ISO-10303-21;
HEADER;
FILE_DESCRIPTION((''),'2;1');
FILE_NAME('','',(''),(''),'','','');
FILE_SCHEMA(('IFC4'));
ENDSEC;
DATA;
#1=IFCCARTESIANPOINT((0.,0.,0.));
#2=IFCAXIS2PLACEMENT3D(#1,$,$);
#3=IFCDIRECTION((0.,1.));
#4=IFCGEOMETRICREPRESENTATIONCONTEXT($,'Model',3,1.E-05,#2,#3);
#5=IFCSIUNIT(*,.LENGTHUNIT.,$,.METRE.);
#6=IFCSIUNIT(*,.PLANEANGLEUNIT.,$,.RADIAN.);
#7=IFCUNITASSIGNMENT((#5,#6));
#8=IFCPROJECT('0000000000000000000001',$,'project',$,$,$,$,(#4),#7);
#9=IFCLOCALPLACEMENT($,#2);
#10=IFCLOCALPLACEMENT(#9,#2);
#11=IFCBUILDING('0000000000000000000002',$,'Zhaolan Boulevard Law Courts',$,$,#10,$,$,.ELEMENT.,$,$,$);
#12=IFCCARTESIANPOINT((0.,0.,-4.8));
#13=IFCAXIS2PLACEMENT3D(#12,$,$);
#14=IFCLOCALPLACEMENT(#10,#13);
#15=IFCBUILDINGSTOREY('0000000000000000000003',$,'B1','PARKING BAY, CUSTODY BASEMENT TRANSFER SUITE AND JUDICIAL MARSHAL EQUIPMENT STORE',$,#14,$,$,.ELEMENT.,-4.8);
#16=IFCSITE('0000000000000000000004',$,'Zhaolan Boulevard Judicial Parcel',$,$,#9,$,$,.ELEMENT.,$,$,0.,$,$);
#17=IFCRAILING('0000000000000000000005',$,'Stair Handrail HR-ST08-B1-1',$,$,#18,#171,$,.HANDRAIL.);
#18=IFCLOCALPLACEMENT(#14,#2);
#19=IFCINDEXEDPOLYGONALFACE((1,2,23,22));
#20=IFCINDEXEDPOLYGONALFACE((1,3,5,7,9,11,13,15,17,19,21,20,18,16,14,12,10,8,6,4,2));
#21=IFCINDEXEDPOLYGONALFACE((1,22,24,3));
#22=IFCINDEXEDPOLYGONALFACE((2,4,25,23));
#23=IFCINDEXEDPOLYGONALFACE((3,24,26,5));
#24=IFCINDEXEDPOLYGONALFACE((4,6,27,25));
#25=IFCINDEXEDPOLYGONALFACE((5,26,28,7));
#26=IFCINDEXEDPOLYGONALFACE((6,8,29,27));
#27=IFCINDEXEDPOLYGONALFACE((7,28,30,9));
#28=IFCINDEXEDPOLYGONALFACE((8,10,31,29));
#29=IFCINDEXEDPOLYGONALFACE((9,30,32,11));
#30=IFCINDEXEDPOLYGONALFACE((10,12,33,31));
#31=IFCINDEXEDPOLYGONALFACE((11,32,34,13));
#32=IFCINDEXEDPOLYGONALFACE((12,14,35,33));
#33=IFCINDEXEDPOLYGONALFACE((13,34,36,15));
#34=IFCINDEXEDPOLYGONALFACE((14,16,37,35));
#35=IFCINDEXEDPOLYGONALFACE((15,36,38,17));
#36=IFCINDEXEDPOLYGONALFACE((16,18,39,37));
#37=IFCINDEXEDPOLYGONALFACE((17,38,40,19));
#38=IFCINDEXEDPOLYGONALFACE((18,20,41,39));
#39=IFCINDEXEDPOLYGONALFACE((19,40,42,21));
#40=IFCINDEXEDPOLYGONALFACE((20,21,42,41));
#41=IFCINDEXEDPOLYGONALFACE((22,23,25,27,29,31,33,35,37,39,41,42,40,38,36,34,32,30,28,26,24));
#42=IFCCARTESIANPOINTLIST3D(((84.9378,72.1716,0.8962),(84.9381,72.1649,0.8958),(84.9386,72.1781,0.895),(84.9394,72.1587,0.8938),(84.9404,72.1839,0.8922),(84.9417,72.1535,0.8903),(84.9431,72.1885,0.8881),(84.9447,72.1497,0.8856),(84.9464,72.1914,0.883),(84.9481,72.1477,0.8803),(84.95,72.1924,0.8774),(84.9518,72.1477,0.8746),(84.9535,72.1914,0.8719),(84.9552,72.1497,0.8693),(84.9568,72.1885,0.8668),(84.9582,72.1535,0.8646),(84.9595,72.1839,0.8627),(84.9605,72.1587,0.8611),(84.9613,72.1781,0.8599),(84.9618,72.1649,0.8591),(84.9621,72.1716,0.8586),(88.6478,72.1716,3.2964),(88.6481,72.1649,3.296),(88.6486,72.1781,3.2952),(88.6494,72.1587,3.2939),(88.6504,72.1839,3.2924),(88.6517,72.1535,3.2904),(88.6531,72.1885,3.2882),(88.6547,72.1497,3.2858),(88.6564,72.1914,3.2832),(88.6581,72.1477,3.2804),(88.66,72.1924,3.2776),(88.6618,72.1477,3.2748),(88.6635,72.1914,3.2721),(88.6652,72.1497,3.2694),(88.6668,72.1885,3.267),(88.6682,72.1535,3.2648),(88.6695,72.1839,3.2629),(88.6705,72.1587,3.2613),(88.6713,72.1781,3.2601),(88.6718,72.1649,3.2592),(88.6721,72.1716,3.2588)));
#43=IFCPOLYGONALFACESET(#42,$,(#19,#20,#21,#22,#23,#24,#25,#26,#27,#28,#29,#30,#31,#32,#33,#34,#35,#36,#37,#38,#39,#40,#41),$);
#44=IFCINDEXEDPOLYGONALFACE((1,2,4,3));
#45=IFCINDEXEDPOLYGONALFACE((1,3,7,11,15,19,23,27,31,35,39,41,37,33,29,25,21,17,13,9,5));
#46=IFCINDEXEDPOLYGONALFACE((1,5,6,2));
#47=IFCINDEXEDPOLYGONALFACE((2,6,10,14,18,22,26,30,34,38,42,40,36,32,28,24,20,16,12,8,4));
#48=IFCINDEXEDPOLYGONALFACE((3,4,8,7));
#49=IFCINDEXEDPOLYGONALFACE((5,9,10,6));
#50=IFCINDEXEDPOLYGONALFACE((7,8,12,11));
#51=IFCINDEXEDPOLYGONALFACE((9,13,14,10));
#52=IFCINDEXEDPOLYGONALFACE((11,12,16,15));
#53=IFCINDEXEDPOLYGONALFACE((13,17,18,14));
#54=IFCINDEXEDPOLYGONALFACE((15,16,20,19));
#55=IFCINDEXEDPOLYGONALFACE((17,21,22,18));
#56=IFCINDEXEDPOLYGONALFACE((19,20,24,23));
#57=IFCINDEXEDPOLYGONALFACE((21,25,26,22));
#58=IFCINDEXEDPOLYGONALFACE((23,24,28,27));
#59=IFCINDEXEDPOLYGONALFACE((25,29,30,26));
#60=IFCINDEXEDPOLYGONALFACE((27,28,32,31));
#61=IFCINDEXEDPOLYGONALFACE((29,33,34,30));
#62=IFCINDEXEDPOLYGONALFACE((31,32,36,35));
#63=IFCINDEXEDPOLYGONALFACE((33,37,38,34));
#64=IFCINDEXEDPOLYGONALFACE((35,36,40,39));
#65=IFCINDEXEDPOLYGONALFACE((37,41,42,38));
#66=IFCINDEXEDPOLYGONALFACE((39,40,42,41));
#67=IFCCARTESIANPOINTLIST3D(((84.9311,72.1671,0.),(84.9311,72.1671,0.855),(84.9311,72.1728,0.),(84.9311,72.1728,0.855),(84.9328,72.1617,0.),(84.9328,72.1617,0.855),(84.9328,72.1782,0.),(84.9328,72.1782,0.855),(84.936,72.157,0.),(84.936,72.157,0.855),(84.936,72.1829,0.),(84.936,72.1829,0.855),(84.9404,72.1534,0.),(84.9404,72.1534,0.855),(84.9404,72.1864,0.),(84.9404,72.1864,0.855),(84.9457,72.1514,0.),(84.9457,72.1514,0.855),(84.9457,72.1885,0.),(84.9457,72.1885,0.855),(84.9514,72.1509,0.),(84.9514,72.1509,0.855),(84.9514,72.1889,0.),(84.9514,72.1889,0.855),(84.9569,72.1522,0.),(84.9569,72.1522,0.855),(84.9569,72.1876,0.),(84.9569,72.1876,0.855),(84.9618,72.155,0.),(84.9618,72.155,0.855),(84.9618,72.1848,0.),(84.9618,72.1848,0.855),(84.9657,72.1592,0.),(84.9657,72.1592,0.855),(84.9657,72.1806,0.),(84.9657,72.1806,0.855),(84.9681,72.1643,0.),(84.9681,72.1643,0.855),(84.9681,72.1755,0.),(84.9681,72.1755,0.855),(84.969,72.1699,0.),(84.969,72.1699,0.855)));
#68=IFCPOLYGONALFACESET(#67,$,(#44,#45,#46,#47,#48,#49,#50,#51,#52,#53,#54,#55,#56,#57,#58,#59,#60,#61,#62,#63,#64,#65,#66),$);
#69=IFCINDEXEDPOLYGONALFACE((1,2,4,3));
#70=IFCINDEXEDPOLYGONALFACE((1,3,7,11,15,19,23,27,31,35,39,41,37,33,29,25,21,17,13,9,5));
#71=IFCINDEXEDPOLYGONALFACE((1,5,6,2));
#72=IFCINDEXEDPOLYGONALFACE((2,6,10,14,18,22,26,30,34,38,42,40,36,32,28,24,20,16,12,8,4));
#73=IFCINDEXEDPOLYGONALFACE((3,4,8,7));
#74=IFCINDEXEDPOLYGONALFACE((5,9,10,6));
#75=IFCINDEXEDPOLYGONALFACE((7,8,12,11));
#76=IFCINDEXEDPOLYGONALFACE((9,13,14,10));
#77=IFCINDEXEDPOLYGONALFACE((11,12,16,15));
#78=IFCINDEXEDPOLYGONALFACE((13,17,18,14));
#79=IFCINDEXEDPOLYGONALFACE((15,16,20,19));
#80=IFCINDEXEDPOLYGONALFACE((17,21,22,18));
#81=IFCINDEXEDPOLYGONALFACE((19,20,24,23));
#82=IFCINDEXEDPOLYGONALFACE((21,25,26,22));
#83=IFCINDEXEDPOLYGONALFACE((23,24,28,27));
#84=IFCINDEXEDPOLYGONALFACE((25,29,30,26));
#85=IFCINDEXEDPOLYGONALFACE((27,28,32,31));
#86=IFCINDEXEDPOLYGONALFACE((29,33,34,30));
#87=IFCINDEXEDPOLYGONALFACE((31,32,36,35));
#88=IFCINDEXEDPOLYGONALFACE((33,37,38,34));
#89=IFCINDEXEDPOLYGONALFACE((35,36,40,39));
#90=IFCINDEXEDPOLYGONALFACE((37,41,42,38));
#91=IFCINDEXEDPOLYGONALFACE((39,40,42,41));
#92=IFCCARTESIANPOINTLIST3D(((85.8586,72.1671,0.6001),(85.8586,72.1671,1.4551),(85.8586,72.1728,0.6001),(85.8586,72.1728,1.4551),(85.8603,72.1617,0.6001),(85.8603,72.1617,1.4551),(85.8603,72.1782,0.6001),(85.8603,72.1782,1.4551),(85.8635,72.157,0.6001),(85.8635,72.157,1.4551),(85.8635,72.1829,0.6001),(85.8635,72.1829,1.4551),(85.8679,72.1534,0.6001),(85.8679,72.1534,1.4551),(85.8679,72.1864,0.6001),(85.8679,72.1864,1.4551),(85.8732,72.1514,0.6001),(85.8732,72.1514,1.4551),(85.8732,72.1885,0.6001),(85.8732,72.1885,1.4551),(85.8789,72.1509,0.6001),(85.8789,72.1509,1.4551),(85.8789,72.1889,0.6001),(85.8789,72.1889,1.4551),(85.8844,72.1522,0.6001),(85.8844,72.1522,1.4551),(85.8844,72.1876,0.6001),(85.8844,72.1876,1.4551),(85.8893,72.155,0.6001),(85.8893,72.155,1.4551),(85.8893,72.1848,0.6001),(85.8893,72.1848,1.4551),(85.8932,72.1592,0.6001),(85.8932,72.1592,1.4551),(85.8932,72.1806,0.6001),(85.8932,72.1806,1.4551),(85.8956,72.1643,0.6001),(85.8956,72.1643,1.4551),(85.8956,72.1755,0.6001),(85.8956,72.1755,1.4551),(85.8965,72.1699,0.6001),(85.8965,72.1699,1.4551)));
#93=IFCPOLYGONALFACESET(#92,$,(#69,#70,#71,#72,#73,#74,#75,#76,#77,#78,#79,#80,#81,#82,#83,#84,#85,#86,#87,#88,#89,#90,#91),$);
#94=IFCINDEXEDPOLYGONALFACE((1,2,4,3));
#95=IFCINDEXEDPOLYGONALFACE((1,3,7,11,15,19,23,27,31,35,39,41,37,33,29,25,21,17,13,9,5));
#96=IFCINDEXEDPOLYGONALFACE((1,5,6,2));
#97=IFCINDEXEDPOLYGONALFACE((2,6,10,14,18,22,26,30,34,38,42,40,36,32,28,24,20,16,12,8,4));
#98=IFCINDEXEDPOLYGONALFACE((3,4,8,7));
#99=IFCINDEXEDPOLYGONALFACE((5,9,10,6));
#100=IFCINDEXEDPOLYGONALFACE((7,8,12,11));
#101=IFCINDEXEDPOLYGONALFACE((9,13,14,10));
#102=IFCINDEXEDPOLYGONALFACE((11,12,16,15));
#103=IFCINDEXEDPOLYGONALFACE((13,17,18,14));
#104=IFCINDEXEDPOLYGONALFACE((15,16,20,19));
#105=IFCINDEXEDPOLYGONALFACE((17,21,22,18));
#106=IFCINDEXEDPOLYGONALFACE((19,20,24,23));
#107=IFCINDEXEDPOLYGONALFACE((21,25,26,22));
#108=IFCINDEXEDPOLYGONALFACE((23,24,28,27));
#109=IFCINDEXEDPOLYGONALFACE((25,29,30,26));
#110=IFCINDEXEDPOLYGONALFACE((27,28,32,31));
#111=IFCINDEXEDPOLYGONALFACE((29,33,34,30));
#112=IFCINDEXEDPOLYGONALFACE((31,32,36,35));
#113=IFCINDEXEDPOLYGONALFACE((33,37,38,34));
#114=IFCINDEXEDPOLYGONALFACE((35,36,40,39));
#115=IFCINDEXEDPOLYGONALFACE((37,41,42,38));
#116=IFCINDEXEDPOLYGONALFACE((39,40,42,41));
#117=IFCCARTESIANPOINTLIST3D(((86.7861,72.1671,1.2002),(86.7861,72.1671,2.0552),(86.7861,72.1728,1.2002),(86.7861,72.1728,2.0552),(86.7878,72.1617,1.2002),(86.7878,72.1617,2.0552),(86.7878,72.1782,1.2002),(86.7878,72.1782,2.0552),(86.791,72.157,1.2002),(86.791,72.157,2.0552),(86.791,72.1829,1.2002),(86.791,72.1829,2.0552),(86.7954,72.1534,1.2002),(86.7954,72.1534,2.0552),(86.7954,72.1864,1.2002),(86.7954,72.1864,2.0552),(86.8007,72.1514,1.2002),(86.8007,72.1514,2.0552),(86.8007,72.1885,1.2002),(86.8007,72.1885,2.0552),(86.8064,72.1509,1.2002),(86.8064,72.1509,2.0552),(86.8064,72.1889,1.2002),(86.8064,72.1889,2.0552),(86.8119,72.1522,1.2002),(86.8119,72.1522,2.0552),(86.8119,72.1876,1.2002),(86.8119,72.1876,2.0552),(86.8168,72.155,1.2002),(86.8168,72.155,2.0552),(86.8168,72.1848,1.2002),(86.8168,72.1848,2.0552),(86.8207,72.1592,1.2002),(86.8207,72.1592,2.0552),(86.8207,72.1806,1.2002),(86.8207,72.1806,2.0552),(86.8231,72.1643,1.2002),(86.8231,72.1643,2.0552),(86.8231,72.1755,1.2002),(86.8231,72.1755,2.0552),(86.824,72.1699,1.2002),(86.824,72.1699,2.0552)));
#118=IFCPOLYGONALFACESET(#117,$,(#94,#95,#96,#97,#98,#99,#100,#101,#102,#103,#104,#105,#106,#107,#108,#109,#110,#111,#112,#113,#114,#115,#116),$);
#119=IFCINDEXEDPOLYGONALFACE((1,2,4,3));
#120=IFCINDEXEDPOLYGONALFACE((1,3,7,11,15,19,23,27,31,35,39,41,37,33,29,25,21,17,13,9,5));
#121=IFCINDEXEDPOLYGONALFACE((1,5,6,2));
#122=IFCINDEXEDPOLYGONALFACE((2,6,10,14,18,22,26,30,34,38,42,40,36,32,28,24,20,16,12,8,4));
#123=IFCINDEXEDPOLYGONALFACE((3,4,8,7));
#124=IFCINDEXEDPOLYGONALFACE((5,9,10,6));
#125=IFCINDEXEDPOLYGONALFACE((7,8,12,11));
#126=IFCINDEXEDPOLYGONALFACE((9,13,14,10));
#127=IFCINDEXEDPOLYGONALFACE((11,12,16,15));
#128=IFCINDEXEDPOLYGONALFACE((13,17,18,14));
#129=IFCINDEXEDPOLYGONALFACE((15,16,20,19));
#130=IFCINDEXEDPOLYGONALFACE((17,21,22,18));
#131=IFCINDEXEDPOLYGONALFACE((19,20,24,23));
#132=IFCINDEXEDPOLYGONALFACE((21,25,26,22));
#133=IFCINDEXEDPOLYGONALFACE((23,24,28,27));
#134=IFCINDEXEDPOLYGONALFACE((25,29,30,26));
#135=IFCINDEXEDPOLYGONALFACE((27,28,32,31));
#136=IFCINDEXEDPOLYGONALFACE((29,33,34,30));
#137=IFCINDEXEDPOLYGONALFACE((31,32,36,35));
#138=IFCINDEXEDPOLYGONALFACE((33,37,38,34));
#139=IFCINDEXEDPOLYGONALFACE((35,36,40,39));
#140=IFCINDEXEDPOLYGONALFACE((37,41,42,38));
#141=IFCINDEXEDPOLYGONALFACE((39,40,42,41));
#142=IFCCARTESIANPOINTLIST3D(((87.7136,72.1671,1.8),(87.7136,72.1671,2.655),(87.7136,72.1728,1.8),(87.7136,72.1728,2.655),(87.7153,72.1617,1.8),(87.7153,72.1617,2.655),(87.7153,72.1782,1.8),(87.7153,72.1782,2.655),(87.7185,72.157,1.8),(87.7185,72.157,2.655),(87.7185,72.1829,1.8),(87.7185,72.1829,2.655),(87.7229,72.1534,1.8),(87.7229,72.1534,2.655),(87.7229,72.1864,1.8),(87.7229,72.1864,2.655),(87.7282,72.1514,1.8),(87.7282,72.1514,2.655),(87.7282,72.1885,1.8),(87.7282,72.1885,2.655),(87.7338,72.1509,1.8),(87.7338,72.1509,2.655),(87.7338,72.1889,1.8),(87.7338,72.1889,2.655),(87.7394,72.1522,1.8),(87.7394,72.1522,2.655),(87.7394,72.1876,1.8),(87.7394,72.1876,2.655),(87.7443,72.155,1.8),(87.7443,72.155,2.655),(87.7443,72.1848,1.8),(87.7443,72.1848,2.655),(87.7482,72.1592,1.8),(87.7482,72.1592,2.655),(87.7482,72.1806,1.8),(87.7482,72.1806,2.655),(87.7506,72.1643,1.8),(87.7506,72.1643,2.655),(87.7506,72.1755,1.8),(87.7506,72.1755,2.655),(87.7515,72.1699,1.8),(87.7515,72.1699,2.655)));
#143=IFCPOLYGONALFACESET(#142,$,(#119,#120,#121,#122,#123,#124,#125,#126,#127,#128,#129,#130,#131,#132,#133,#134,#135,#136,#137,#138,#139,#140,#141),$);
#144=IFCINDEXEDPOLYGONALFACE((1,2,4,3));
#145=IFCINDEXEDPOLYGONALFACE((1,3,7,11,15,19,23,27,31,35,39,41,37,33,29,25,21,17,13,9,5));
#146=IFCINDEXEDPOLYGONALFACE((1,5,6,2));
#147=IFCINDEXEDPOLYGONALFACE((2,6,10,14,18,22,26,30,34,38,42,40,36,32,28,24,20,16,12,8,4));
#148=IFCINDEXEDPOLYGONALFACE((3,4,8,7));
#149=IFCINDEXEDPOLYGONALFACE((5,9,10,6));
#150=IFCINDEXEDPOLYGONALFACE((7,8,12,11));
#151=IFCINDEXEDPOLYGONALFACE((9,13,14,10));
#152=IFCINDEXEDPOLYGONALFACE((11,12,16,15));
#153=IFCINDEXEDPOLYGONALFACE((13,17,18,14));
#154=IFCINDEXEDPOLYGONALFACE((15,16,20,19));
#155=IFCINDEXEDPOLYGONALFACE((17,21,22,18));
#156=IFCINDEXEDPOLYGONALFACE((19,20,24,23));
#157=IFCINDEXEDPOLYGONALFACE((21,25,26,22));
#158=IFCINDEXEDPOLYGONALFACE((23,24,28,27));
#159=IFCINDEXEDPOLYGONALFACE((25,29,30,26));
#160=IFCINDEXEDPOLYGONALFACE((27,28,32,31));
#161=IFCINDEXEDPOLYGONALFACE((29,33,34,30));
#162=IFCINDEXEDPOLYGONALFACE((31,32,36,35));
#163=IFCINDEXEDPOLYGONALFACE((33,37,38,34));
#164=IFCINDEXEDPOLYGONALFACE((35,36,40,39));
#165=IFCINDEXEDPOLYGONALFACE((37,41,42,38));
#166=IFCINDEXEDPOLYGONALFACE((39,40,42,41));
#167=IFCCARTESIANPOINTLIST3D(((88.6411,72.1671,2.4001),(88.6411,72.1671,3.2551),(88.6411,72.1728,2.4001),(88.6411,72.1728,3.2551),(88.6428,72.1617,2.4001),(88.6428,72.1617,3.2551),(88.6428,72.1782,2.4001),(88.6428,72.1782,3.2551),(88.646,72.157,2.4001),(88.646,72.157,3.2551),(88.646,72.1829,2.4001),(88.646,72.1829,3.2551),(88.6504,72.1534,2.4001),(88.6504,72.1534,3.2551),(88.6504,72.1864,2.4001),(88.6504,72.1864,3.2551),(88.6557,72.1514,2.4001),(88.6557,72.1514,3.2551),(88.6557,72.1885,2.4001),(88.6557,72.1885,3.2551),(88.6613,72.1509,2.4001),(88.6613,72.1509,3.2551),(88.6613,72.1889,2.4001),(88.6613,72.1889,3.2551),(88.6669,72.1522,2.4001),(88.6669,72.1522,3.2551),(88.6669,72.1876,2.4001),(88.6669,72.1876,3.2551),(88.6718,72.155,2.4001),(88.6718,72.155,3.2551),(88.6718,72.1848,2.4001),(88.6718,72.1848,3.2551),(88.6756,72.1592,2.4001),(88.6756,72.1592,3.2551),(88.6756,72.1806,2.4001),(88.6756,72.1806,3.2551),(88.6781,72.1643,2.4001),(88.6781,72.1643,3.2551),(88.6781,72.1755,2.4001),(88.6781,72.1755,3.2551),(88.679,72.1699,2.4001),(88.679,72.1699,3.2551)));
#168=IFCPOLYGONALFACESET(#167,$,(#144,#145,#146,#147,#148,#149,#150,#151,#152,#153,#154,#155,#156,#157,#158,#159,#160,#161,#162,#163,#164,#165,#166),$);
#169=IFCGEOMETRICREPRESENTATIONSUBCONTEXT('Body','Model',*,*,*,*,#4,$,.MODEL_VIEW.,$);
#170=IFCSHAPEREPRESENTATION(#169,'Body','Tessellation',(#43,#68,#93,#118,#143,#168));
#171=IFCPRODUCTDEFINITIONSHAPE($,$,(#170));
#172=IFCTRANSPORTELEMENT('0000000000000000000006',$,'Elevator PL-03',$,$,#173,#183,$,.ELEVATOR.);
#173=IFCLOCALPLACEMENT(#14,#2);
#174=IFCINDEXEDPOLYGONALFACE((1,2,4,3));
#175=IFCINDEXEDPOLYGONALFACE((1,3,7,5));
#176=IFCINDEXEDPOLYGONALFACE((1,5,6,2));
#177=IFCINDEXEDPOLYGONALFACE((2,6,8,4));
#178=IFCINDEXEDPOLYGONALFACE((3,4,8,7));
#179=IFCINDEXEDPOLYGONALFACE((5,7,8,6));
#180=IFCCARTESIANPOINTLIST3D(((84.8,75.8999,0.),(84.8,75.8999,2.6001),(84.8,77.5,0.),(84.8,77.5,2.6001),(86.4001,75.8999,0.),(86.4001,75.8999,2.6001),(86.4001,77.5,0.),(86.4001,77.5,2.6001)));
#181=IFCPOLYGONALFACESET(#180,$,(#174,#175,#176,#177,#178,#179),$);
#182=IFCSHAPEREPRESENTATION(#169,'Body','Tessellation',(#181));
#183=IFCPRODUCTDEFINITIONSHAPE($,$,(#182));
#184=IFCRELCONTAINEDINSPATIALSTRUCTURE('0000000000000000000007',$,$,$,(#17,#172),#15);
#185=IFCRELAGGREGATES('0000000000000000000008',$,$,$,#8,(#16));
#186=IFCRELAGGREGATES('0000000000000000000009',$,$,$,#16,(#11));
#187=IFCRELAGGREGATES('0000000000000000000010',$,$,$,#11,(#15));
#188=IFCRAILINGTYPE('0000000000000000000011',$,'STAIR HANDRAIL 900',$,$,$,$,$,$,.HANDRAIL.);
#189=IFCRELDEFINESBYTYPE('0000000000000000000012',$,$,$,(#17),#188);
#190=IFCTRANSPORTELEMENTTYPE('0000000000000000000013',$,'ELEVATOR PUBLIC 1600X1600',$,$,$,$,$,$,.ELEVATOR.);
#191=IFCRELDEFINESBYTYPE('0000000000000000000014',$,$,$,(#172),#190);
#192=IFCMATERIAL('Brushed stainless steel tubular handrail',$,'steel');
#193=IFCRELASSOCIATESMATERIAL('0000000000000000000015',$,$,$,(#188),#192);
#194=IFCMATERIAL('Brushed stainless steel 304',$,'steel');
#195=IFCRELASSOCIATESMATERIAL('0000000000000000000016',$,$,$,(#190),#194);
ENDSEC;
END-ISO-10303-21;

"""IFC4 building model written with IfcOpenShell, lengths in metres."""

from ifc_helpers import new_model, si_unit, direction, frame, origin, origin_2d, place, context, subcontext, project, spatial, rectangle, circle, extrude, material, type_object, element, save


model = new_model("IFC4")

# Units and contexts
model_context = context("Model", 3, precision=1e-05, world=origin(), true_north=direction((0.0, 1.0)))
body_context = subcontext(model_context, "Body", "Model", "MODEL_VIEW")
ifc_project = project(units=[si_unit("LENGTHUNIT", "METRE"), si_unit("PLANEANGLEUNIT", "RADIAN")], contexts=[model_context])

# Site, building, storey
site_placement = place(None, origin())
site = spatial("IfcSite", under=ifc_project, at=site_placement, Name="Zhaolan Boulevard Judicial Parcel", CompositionType="ELEMENT", RefElevation=0.0)
building_placement = place(site_placement, origin())
building = spatial("IfcBuilding", under=site, at=building_placement, Name="Zhaolan Boulevard Law Courts", CompositionType="ELEMENT")
storey_placement = place(building_placement, frame((0.0, 0.0, -4.8)))
storey = spatial("IfcBuildingStorey", under=building, at=storey_placement, Name="B1", Description="PARKING BAY, CUSTODY BASEMENT TRANSFER SUITE AND JUDICIAL MARSHAL EQUIPMENT STORE", CompositionType="ELEMENT", Elevation=-4.8)

# Railing
ifc_material_1 = material(Name="Brushed stainless steel tubular handrail", Category="steel")
railing_type = type_object("IfcRailingType", Name="STAIR HANDRAIL 900", PredefinedType="HANDRAIL", material=ifc_material_1)
railing_placement = place(storey_placement, frame((84.95, 72.1699, 0.0)))
element("IfcRailing", 1, at=railing_placement, inside=storey, type_object=railing_type, Name="Stair Handrail HR-ST08-B1-1", PredefinedType="HANDRAIL", context=body_context, shape_type="SweptSolid", body=[
    extrude(circle(Radius=0.0225, at=origin_2d()), frame((0.0, 0.0, 0.8774), z_axis=(0.839613, 0.0, 0.543185), x_axis=(0.0, 1.0, 0.0)), (0.0, 0.0, 1.0), 4.4187),
    extrude(circle(Radius=0.019, at=origin_2d()), origin(), (0.0, 0.0, 1.0), 0.855),
    extrude(circle(Radius=0.019, at=origin_2d()), frame((0.9275, 0.0, 0.6001)), (0.0, 0.0, 1.0), 0.855),
    extrude(circle(Radius=0.019, at=origin_2d()), frame((1.855, 0.0, 1.2002)), (0.0, 0.0, 1.0), 0.855),
    extrude(circle(Radius=0.019, at=origin_2d()), frame((2.7825, 0.0, 1.8)), (0.0, 0.0, 1.0), 0.855),
    extrude(circle(Radius=0.019, at=origin_2d()), frame((3.71, 0.0, 2.4001)), (0.0, 0.0, 1.0), 0.855),
])

# Transport element
ifc_material_2 = material(Name="Brushed stainless steel 304", Category="steel")
transport_element_type = type_object("IfcTransportElementType", Name="ELEVATOR PUBLIC 1600X1600", PredefinedType="ELEVATOR", material=ifc_material_2)
transport_element_placement = place(storey_placement, frame((85.6001, 76.7, 0.0), z_axis=(0.0, 0.0, 1.0), x_axis=(1.0, 0.0, 0.0)))
element("IfcTransportElement", 2, at=transport_element_placement, inside=storey, type_object=transport_element_type, Name="Elevator PL-03", PredefinedType="ELEVATOR", context=body_context, shape_type="SweptSolid", body=[
    extrude(rectangle(XDim=1.6001, YDim=1.6001, at=origin_2d()), origin(), (0.0, 0.0, 1.0), 2.6001),
])

save(model, "model.ifc")
